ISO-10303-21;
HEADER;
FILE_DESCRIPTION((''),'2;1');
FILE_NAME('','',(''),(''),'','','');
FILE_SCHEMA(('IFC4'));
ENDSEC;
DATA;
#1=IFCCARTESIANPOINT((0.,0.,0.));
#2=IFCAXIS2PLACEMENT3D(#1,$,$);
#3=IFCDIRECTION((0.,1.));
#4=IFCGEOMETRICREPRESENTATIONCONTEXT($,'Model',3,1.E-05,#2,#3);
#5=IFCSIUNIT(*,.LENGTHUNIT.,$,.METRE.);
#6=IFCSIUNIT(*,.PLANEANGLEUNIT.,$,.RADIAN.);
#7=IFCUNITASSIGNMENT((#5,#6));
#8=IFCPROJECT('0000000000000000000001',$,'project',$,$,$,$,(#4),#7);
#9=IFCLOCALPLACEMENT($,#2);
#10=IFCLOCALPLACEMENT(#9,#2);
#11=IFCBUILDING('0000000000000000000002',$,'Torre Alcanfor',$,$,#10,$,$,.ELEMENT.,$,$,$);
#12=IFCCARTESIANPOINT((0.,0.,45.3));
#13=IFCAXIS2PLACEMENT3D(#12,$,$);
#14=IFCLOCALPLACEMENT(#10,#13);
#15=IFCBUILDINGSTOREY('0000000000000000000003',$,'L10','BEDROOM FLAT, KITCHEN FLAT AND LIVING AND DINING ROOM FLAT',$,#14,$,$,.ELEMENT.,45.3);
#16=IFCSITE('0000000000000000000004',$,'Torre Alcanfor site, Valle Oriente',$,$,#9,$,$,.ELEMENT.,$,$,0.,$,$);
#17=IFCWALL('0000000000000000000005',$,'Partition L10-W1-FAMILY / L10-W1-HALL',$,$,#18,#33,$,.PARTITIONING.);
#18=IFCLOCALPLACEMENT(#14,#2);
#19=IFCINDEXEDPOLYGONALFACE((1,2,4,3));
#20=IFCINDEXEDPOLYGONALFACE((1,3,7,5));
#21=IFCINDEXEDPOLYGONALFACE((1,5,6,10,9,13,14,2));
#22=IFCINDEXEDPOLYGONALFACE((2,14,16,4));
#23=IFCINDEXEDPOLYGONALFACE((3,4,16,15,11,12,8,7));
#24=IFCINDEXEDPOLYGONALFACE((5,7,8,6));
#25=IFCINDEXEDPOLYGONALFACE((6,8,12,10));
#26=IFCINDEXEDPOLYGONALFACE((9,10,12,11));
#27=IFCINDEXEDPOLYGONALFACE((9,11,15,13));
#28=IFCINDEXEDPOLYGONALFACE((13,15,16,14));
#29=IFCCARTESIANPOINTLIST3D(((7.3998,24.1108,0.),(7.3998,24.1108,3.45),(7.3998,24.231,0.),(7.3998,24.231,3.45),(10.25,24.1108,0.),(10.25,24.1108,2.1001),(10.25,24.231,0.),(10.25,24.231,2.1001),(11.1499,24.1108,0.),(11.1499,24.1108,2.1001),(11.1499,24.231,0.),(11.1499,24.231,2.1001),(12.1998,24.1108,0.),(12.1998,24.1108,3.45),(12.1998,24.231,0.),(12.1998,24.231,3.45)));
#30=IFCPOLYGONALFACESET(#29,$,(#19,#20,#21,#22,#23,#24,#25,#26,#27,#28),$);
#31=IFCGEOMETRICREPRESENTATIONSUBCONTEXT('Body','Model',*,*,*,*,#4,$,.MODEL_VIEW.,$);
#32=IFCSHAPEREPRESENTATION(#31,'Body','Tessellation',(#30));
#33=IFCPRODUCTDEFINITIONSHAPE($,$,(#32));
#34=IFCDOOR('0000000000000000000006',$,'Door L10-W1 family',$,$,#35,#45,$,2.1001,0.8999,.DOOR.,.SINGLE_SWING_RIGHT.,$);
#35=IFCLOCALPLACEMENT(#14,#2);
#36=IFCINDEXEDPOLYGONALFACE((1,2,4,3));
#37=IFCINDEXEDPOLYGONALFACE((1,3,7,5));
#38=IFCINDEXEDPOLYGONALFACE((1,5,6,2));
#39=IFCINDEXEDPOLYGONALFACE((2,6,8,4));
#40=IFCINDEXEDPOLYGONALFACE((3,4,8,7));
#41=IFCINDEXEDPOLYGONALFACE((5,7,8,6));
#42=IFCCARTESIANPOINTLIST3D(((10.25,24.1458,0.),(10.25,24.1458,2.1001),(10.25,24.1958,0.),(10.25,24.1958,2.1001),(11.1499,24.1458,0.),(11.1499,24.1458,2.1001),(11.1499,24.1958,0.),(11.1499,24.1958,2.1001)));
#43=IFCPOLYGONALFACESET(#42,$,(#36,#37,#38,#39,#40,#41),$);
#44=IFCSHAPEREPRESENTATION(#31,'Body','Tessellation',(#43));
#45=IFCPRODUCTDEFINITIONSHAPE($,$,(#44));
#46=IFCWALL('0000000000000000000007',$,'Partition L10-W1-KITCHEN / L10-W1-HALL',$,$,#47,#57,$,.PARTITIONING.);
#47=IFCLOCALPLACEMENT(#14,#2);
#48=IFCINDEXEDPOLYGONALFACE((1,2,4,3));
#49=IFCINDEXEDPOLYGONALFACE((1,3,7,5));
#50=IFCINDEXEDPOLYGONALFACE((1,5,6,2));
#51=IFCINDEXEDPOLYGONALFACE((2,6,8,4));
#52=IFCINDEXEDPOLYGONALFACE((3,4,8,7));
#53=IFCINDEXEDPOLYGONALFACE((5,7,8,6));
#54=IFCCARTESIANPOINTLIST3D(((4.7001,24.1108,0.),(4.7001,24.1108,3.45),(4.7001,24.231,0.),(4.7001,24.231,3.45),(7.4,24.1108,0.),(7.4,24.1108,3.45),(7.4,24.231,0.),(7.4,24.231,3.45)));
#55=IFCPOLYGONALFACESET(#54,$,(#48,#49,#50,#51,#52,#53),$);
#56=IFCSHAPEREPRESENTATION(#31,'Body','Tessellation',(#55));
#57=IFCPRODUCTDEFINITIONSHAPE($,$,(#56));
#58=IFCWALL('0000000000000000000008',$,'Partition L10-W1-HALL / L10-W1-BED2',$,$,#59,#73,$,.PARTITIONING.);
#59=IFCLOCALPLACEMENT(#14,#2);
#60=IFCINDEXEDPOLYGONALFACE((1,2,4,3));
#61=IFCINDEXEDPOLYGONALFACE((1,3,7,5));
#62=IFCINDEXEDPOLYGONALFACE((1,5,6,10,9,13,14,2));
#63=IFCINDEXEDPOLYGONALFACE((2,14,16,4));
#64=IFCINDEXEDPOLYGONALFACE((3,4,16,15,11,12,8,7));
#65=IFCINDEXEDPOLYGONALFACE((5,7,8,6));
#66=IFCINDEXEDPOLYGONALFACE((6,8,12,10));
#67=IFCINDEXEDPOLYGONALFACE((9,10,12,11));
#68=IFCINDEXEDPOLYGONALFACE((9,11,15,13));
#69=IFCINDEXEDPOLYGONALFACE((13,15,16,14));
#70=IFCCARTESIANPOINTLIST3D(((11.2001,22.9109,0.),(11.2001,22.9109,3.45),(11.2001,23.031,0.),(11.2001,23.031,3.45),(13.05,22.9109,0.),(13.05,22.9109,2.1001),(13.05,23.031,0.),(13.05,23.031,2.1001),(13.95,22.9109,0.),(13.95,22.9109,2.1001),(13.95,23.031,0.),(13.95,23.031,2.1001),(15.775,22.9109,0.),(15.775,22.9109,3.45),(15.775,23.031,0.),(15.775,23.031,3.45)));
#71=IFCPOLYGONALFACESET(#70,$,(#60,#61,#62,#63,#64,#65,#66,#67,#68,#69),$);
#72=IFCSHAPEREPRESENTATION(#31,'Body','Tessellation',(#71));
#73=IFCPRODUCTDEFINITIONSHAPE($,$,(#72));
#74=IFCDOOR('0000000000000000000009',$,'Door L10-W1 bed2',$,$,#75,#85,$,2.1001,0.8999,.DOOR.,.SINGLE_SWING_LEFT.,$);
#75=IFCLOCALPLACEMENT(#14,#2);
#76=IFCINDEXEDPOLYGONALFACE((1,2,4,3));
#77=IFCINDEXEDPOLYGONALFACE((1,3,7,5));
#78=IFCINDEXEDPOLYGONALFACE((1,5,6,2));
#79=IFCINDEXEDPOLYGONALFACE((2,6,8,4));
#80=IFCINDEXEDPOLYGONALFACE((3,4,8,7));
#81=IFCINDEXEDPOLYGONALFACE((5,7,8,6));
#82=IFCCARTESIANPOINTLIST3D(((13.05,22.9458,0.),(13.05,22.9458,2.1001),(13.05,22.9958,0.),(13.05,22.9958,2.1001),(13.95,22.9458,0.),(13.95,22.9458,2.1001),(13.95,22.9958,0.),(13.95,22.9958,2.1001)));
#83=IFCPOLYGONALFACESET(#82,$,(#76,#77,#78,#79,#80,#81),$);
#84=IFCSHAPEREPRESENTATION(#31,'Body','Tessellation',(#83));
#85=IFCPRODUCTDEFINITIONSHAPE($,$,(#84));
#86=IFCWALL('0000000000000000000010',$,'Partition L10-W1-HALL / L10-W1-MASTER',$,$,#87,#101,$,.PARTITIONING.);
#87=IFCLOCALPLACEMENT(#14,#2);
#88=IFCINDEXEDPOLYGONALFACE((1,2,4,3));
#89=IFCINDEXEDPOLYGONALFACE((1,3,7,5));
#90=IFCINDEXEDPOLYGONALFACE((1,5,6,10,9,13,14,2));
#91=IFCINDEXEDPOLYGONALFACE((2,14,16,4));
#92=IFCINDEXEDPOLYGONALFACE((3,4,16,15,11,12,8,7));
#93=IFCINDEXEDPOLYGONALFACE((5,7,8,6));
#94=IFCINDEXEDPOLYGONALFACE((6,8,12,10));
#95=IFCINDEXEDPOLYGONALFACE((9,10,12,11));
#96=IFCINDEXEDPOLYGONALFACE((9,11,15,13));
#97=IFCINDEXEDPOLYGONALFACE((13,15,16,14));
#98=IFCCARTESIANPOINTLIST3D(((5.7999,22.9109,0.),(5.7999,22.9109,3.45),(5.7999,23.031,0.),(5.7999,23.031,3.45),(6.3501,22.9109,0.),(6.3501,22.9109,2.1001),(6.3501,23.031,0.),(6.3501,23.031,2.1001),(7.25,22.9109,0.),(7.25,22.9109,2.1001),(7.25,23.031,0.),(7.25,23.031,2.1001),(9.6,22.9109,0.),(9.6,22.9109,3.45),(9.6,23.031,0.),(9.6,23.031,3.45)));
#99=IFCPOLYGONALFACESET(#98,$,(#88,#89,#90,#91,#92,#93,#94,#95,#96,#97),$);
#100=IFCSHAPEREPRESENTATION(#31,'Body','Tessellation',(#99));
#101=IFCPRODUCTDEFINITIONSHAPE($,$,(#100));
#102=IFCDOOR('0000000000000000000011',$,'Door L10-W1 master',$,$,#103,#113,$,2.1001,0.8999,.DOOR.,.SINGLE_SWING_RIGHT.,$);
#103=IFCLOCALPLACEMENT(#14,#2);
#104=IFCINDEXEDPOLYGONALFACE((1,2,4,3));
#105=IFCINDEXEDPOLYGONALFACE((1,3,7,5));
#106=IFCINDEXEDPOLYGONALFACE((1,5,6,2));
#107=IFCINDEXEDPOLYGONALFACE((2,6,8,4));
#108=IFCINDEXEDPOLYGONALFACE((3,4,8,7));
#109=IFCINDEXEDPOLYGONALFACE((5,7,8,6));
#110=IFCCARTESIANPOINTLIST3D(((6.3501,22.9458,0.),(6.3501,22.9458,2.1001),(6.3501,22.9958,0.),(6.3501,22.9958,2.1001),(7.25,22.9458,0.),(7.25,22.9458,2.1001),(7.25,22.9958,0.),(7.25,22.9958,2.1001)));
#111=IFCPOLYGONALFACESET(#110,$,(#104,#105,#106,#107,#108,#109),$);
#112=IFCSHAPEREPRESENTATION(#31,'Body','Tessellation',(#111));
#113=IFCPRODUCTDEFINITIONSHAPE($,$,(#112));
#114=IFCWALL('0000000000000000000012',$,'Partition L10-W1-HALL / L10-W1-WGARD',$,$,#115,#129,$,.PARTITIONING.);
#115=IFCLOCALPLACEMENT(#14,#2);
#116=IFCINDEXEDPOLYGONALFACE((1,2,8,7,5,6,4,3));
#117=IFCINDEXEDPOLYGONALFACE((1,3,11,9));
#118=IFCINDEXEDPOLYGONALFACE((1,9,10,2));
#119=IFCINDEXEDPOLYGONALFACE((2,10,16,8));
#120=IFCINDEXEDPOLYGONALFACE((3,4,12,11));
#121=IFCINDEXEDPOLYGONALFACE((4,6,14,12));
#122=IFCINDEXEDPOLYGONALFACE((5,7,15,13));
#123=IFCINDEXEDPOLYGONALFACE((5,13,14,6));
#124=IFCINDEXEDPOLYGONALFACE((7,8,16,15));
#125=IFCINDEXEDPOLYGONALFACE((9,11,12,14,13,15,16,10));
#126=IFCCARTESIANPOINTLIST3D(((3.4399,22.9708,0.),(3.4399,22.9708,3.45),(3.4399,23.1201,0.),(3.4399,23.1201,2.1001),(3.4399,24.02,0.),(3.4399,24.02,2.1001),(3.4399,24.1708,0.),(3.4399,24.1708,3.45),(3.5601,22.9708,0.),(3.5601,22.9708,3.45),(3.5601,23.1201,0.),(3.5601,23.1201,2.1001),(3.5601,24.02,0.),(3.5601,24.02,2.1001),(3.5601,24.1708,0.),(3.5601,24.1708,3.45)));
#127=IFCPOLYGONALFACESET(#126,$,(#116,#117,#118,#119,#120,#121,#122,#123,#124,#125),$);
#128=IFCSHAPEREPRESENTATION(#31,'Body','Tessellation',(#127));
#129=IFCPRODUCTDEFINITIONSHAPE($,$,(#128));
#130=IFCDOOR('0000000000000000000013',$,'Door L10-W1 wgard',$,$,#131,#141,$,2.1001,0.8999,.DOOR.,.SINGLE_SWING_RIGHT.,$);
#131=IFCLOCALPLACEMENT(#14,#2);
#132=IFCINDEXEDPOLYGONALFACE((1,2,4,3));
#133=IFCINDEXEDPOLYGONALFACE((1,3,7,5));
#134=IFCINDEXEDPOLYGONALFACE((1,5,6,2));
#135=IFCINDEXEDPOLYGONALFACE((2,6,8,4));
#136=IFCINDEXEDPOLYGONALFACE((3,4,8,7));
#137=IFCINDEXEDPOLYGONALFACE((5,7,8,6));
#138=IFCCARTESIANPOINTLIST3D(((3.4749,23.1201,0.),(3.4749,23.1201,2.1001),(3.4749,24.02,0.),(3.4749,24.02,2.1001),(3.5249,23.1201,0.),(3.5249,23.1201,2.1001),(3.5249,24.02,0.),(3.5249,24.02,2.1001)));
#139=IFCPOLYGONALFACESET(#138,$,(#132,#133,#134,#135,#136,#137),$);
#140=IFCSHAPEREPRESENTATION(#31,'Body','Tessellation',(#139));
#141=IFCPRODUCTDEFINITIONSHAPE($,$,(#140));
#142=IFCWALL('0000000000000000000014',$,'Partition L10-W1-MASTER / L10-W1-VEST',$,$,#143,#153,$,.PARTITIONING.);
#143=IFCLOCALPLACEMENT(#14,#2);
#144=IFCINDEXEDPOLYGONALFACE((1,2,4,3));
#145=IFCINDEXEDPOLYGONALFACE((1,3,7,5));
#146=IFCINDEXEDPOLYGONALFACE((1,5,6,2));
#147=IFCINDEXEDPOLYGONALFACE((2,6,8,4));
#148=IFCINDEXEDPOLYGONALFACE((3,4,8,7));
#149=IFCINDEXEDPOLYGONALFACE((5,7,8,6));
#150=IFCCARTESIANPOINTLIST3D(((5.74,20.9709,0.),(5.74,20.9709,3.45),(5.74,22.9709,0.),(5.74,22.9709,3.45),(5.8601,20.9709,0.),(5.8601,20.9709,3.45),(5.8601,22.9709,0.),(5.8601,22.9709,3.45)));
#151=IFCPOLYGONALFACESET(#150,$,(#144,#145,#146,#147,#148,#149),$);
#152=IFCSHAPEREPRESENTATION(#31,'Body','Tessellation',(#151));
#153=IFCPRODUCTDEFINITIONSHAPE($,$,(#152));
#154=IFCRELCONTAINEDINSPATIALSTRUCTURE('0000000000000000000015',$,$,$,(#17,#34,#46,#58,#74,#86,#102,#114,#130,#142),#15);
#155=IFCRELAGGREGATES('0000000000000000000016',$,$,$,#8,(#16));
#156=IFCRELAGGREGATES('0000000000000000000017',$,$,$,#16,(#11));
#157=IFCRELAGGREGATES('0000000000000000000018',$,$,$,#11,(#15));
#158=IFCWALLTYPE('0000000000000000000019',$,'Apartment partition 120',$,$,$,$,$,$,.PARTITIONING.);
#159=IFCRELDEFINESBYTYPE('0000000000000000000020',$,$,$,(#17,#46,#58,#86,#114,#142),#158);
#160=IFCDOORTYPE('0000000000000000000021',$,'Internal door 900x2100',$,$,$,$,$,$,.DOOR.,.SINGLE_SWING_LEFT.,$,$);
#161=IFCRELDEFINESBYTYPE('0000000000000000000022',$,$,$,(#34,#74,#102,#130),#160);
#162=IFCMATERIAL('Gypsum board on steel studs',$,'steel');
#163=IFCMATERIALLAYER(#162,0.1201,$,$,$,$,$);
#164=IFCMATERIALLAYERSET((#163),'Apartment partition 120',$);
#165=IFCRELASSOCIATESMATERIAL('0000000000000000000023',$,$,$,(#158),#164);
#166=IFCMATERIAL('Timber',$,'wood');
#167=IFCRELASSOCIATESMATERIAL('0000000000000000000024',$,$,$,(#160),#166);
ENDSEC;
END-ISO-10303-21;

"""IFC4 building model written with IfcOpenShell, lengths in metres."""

from ifc_helpers import new_model, si_unit, direction, frame, frame_2d, origin, place, context, subcontext, project, spatial, rectangle, extrude, material, layer, layer_set, type_object, element, fill, save


model = new_model("IFC4")

# Units and contexts
model_context = context("Model", 3, precision=1e-05, world=origin(), true_north=direction((0.0, 1.0)))
body_context = subcontext(model_context, "Body", "Model", "MODEL_VIEW")
ifc_project = project(units=[si_unit("LENGTHUNIT", "METRE"), si_unit("PLANEANGLEUNIT", "RADIAN")], contexts=[model_context])

# Site, building, storey
site_placement = place(None, origin())
site = spatial("IfcSite", under=ifc_project, at=site_placement, Name="Torre Alcanfor site, Valle Oriente", CompositionType="ELEMENT", RefElevation=0.0)
building_placement = place(site_placement, origin())
building = spatial("IfcBuilding", under=site, at=building_placement, Name="Torre Alcanfor", CompositionType="ELEMENT")
storey_placement = place(building_placement, frame((0.0, 0.0, 45.3)))
storey = spatial("IfcBuildingStorey", under=building, at=storey_placement, Name="L10", Description="BEDROOM FLAT, KITCHEN FLAT AND LIVING AND DINING ROOM FLAT", CompositionType="ELEMENT", Elevation=45.3)

# Wall, opening, door
ifc_material_1 = material(Name="Gypsum board on steel studs", Category="steel")
ifc_layer_1 = layer(ifc_material_1, 0.1201)
ifc_layer_set_1 = layer_set([ifc_layer_1], Name="Apartment partition 120")
wall_type_1 = type_object("IfcWallType", Name="Apartment partition 120", PredefinedType="PARTITIONING", material=ifc_layer_set_1)
wall_1_placement = place(storey_placement, frame((7.3999, 24.1709, 0.0), z_axis=(0.0, 0.0, 1.0), x_axis=(1.0, 0.0, 0.0)))
wall_1 = element("IfcWall", 1, at=wall_1_placement, inside=storey, type_object=wall_type_1, Name="Partition L10-W1-FAMILY / L10-W1-HALL", PredefinedType="PARTITIONING", context=body_context, shape_type="SweptSolid", body=[
    extrude(rectangle(XDim=4.8, YDim=0.1201, at=frame_2d((2.3999, 0.0))), origin(), (0.0, 0.0, 1.0), 3.45),
])
opening_1_placement = place(wall_1_placement, frame((2.8501, 0.0, 0.0)))
opening_1 = element("IfcOpeningElement", 2, at=opening_1_placement, cuts=wall_1, PredefinedType="OPENING", context=body_context, shape_type="SweptSolid", body=[
    extrude(rectangle(XDim=0.8999, YDim=2.1001, at=frame_2d((0.45, 1.05))), frame((0.0, 0.0701, 0.0), z_axis=(0.0, -1.0, 0.0), x_axis=(1.0, 0.0, 0.0)), (0.0, 0.0, 1.0), 0.1401),
])
ifc_material_2 = material(Name="Timber", Category="wood")
door_type_1 = type_object("IfcDoorType", Name="Internal door 900x2100", OperationType="SINGLE_SWING_LEFT", PredefinedType="DOOR", material=ifc_material_2)
door_1_placement = place(opening_1_placement, origin())
door_1 = element("IfcDoor", 3, at=door_1_placement, inside=storey, type_object=door_type_1, Name="Door L10-W1 family", OperationType="SINGLE_SWING_RIGHT", OverallHeight=2.1001, OverallWidth=0.8999, PredefinedType="DOOR", context=body_context, shape_type="SweptSolid", body=[
    extrude(rectangle(XDim=0.8999, YDim=2.1001, at=frame_2d((0.45, 1.05))), frame((0.0, 0.0249, 0.0), z_axis=(0.0, -1.0, 0.0), x_axis=(1.0, 0.0, 0.0)), (0.0, 0.0, 1.0), 0.05),
])
fill(opening_1, door_1)

# Wall
wall_2_placement = place(storey_placement, frame((4.7, 24.1709, 0.0), z_axis=(0.0, 0.0, 1.0), x_axis=(1.0, 0.0, 0.0)))
element("IfcWall", 4, at=wall_2_placement, inside=storey, type_object=wall_type_1, Name="Partition L10-W1-KITCHEN / L10-W1-HALL", PredefinedType="PARTITIONING", context=body_context, shape_type="SweptSolid", body=[
    extrude(rectangle(XDim=2.7, YDim=0.1201, at=frame_2d((1.3501, 0.0))), origin(), (0.0, 0.0, 1.0), 3.45),
])

# Walls, openings, doors
wall_3_placement = place(storey_placement, frame((11.2, 22.9709, 0.0), z_axis=(0.0, 0.0, 1.0), x_axis=(1.0, 0.0, 0.0)))
wall_3 = element("IfcWall", 5, at=wall_3_placement, inside=storey, type_object=wall_type_1, Name="Partition L10-W1-HALL / L10-W1-BED2", PredefinedType="PARTITIONING", context=body_context, shape_type="SweptSolid", body=[
    extrude(rectangle(XDim=4.575, YDim=0.1201, at=frame_2d((2.2876, 0.0))), origin(), (0.0, 0.0, 1.0), 3.45),
])
opening_2_placement = place(wall_3_placement, frame((1.8501, 0.0, 0.0)))
opening_2 = element("IfcOpeningElement", 6, at=opening_2_placement, cuts=wall_3, PredefinedType="OPENING", context=body_context, shape_type="SweptSolid", body=[
    extrude(rectangle(XDim=0.8999, YDim=2.1001, at=frame_2d((0.45, 1.05))), frame((0.0, 0.0701, 0.0), z_axis=(0.0, -1.0, 0.0), x_axis=(1.0, 0.0, 0.0)), (0.0, 0.0, 1.0), 0.1401),
])
door_2_placement = place(opening_2_placement, frame((0.8999, 0.0, 0.0), z_axis=(0.0, 0.0, 1.0), x_axis=(-1.0, 0.0, 0.0)))
door_2 = element("IfcDoor", 7, at=door_2_placement, inside=storey, type_object=door_type_1, Name="Door L10-W1 bed2", OperationType="SINGLE_SWING_LEFT", OverallHeight=2.1001, OverallWidth=0.8999, PredefinedType="DOOR", context=body_context, shape_type="SweptSolid", body=[
    extrude(rectangle(XDim=0.8999, YDim=2.1001, at=frame_2d((0.45, 1.05))), frame((0.0, 0.0251, 0.0), z_axis=(0.0, -1.0, 0.0), x_axis=(1.0, 0.0, 0.0)), (0.0, 0.0, 1.0), 0.05),
])
fill(opening_2, door_2)
wall_4_placement = place(storey_placement, frame((5.8, 22.9709, 0.0), z_axis=(0.0, 0.0, 1.0), x_axis=(1.0, 0.0, 0.0)))
wall_4 = element("IfcWall", 8, at=wall_4_placement, inside=storey, type_object=wall_type_1, Name="Partition L10-W1-HALL / L10-W1-MASTER", PredefinedType="PARTITIONING", context=body_context, shape_type="SweptSolid", body=[
    extrude(rectangle(XDim=3.8, YDim=0.1201, at=frame_2d((1.8999, 0.0))), origin(), (0.0, 0.0, 1.0), 3.45),
])
opening_3_placement = place(wall_4_placement, frame((0.55, 0.0, 0.0)))
opening_3 = element("IfcOpeningElement", 9, at=opening_3_placement, cuts=wall_4, PredefinedType="OPENING", context=body_context, shape_type="SweptSolid", body=[
    extrude(rectangle(XDim=0.8999, YDim=2.1001, at=frame_2d((0.45, 1.05))), frame((0.0, 0.0701, 0.0), z_axis=(0.0, -1.0, 0.0), x_axis=(1.0, 0.0, 0.0)), (0.0, 0.0, 1.0), 0.1401),
])
door_3_placement = place(opening_3_placement, frame((0.8999, 0.0, 0.0), z_axis=(0.0, 0.0, 1.0), x_axis=(-1.0, 0.0, 0.0)))
door_3 = element("IfcDoor", 10, at=door_3_placement, inside=storey, type_object=door_type_1, Name="Door L10-W1 master", OperationType="SINGLE_SWING_RIGHT", OverallHeight=2.1001, OverallWidth=0.8999, PredefinedType="DOOR", context=body_context, shape_type="SweptSolid", body=[
    extrude(rectangle(XDim=0.8999, YDim=2.1001, at=frame_2d((0.45, 1.05))), frame((0.0, 0.0251, 0.0), z_axis=(0.0, -1.0, 0.0), x_axis=(1.0, 0.0, 0.0)), (0.0, 0.0, 1.0), 0.05),
])
fill(opening_3, door_3)
wall_5_placement = place(storey_placement, frame((3.5, 24.1709, 0.0), z_axis=(0.0, 0.0, 1.0), x_axis=(0.0, -1.0, 0.0)))
wall_5 = element("IfcWall", 11, at=wall_5_placement, inside=storey, type_object=wall_type_1, Name="Partition L10-W1-HALL / L10-W1-WGARD", PredefinedType="PARTITIONING", context=body_context, shape_type="SweptSolid", body=[
    extrude(rectangle(XDim=1.2, YDim=0.1201, at=frame_2d((0.6001, 0.0))), origin(), (0.0, 0.0, 1.0), 3.45),
])
opening_4_placement = place(wall_5_placement, frame((0.1509, 0.0, 0.0)))
opening_4 = element("IfcOpeningElement", 12, at=opening_4_placement, cuts=wall_5, PredefinedType="OPENING", context=body_context, shape_type="SweptSolid", body=[
    extrude(rectangle(XDim=0.8999, YDim=2.1001, at=frame_2d((0.45, 1.05))), frame((0.0, 0.0701, 0.0), z_axis=(0.0, -1.0, 0.0), x_axis=(1.0, 0.0, 0.0)), (0.0, 0.0, 1.0), 0.1401),
])
door_4_placement = place(opening_4_placement, frame((0.8999, 0.0, 0.0), z_axis=(0.0, 0.0, 1.0), x_axis=(-1.0, 0.0, 0.0)))
door_4 = element("IfcDoor", 13, at=door_4_placement, inside=storey, type_object=door_type_1, Name="Door L10-W1 wgard", OperationType="SINGLE_SWING_RIGHT", OverallHeight=2.1001, OverallWidth=0.8999, PredefinedType="DOOR", context=body_context, shape_type="SweptSolid", body=[
    extrude(rectangle(XDim=0.8999, YDim=2.1001, at=frame_2d((0.45, 1.05))), frame((0.0, 0.0251, 0.0), z_axis=(0.0, -1.0, 0.0), x_axis=(1.0, 0.0, 0.0)), (0.0, 0.0, 1.0), 0.05),
])
fill(opening_4, door_4)

# Wall
wall_6_placement = place(storey_placement, frame((5.8, 20.9709, 0.0), z_axis=(0.0, 0.0, 1.0), x_axis=(0.0, 1.0, 0.0)))
element("IfcWall", 14, at=wall_6_placement, inside=storey, type_object=wall_type_1, Name="Partition L10-W1-MASTER / L10-W1-VEST", PredefinedType="PARTITIONING", context=body_context, shape_type="SweptSolid", body=[
    extrude(rectangle(XDim=2.0, YDim=0.1201, at=frame_2d((1.0, 0.0))), origin(), (0.0, 0.0, 1.0), 3.45),
])

save(model, "model.ifc")
